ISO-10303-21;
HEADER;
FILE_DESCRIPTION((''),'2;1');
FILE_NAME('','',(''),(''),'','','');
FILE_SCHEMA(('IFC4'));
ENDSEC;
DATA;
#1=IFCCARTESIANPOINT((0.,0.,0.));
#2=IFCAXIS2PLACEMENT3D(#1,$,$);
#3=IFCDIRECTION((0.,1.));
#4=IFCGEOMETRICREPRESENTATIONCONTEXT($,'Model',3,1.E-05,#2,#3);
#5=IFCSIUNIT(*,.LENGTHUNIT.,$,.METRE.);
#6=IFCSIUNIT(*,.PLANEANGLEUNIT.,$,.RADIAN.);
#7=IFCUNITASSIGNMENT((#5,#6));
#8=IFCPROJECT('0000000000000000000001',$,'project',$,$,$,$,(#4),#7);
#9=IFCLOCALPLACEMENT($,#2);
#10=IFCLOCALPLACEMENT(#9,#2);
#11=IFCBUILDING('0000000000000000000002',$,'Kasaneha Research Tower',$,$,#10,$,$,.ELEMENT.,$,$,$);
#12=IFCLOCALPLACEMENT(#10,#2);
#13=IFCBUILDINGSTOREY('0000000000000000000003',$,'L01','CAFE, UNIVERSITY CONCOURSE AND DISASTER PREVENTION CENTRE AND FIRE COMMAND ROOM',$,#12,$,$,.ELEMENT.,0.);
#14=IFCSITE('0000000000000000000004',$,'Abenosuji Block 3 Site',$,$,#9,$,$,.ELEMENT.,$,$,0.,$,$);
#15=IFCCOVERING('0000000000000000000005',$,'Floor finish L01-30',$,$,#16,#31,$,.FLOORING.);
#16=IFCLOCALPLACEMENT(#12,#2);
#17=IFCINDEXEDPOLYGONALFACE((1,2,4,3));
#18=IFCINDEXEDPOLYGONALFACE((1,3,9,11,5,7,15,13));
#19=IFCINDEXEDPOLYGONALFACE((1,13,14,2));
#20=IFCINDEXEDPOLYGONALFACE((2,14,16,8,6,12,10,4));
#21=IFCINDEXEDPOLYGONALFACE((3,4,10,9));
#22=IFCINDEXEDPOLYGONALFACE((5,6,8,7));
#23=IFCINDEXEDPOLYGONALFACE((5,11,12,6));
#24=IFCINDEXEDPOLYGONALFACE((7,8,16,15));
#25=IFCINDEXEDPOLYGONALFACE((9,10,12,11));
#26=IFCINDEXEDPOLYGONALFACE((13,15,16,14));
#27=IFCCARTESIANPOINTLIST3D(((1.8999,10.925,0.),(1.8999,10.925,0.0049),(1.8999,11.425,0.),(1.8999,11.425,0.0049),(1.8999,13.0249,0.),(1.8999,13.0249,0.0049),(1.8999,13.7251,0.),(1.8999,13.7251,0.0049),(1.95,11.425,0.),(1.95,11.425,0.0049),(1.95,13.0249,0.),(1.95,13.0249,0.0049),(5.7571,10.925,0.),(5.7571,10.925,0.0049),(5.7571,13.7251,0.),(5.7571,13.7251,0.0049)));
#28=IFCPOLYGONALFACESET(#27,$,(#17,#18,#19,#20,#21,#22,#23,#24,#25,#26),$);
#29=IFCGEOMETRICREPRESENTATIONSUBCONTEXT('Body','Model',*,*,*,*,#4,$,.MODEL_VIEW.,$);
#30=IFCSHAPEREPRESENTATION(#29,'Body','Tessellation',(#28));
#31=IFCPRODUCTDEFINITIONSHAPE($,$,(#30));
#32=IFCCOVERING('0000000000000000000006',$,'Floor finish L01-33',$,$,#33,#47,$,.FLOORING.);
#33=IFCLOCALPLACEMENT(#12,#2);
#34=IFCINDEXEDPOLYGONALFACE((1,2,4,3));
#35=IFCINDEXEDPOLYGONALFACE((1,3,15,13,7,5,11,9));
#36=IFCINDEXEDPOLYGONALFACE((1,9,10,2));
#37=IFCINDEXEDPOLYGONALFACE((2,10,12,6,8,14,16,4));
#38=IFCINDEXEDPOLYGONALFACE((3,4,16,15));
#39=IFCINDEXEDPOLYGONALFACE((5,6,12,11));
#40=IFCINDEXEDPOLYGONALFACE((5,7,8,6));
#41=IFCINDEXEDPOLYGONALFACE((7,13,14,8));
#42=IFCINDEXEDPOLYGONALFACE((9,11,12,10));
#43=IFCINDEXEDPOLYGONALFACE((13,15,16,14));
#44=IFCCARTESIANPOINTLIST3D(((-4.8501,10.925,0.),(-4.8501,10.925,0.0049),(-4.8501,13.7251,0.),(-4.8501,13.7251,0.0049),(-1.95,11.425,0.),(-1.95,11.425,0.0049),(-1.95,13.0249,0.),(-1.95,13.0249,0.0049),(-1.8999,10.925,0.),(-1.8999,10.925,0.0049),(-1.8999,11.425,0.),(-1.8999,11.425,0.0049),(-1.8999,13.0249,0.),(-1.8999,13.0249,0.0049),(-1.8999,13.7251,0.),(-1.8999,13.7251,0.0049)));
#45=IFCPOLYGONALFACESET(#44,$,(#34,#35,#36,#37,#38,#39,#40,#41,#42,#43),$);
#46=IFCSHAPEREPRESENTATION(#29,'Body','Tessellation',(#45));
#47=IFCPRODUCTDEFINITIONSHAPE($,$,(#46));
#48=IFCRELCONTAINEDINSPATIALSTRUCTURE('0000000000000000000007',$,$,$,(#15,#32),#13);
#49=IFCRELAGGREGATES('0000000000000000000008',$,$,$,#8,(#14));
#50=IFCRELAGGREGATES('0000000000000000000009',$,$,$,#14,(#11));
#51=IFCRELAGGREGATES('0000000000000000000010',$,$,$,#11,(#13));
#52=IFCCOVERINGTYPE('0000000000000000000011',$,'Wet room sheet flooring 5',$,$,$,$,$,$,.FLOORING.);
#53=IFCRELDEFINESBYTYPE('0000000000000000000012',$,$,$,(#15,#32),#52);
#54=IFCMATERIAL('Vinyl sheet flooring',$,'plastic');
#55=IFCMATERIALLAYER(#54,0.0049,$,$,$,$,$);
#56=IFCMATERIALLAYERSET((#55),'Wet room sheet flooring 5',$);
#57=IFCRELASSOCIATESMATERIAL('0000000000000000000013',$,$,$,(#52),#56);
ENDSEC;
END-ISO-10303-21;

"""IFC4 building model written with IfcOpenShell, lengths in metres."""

from ifc_helpers import new_model, si_unit, direction, origin, place, context, subcontext, project, spatial, polyline, outline, extrude, material, layer, layer_set, type_object, element, save


model = new_model("IFC4")

# Units and contexts
model_context = context("Model", 3, precision=1e-05, world=origin(), true_north=direction((0.0, 1.0)))
body_context = subcontext(model_context, "Body", "Model", "MODEL_VIEW")
ifc_project = project(units=[si_unit("LENGTHUNIT", "METRE"), si_unit("PLANEANGLEUNIT", "RADIAN")], contexts=[model_context])

# Site, building, storey
site_placement = place(None, origin())
site = spatial("IfcSite", under=ifc_project, at=site_placement, Name="Abenosuji Block 3 Site", CompositionType="ELEMENT", RefElevation=0.0)
building_placement = place(site_placement, origin())
building = spatial("IfcBuilding", under=site, at=building_placement, Name="Kasaneha Research Tower", CompositionType="ELEMENT")
storey_placement = place(building_placement, origin())
storey = spatial("IfcBuildingStorey", under=building, at=storey_placement, Name="L01", Description="CAFE, UNIVERSITY CONCOURSE AND DISASTER PREVENTION CENTRE AND FIRE COMMAND ROOM", CompositionType="ELEMENT", Elevation=0.0)

# Coverings
ifc_material_1 = material(Name="Vinyl sheet flooring", Category="plastic")
ifc_layer_1 = layer(ifc_material_1, 0.0049)
ifc_layer_set_1 = layer_set([ifc_layer_1], Name="Wet room sheet flooring 5")
covering_type_1 = type_object("IfcCoveringType", Name="Wet room sheet flooring 5", PredefinedType="FLOORING", material=ifc_layer_set_1)
covering_1_placement = place(storey_placement, origin())
element("IfcCovering", 1, at=covering_1_placement, inside=storey, type_object=covering_type_1, Name="Floor finish L01-30", PredefinedType="FLOORING", context=body_context, shape_type="SweptSolid", body=[
    extrude(outline(polyline([(5.7571, 13.7251), (5.7571, 10.925), (1.8999, 10.925), (1.8999, 11.425), (1.95, 11.425), (1.95, 13.0249), (1.8999, 13.0249), (1.8999, 13.7251), (5.7571, 13.7251)])), origin(), (0.0, 0.0, 1.0), 0.0049),
])
covering_2_placement = place(storey_placement, origin())
element("IfcCovering", 2, at=covering_2_placement, inside=storey, type_object=covering_type_1, Name="Floor finish L01-33", PredefinedType="FLOORING", context=body_context, shape_type="SweptSolid", body=[
    extrude(outline(polyline([(-1.8999, 13.7251), (-1.8999, 13.0249), (-1.95, 13.0249), (-1.95, 11.425), (-1.8999, 11.425), (-1.8999, 10.925), (-4.8501, 10.925), (-4.8501, 13.7251), (-1.8999, 13.7251)])), origin(), (0.0, 0.0, 1.0), 0.0049),
])

save(model, "model.ifc")
